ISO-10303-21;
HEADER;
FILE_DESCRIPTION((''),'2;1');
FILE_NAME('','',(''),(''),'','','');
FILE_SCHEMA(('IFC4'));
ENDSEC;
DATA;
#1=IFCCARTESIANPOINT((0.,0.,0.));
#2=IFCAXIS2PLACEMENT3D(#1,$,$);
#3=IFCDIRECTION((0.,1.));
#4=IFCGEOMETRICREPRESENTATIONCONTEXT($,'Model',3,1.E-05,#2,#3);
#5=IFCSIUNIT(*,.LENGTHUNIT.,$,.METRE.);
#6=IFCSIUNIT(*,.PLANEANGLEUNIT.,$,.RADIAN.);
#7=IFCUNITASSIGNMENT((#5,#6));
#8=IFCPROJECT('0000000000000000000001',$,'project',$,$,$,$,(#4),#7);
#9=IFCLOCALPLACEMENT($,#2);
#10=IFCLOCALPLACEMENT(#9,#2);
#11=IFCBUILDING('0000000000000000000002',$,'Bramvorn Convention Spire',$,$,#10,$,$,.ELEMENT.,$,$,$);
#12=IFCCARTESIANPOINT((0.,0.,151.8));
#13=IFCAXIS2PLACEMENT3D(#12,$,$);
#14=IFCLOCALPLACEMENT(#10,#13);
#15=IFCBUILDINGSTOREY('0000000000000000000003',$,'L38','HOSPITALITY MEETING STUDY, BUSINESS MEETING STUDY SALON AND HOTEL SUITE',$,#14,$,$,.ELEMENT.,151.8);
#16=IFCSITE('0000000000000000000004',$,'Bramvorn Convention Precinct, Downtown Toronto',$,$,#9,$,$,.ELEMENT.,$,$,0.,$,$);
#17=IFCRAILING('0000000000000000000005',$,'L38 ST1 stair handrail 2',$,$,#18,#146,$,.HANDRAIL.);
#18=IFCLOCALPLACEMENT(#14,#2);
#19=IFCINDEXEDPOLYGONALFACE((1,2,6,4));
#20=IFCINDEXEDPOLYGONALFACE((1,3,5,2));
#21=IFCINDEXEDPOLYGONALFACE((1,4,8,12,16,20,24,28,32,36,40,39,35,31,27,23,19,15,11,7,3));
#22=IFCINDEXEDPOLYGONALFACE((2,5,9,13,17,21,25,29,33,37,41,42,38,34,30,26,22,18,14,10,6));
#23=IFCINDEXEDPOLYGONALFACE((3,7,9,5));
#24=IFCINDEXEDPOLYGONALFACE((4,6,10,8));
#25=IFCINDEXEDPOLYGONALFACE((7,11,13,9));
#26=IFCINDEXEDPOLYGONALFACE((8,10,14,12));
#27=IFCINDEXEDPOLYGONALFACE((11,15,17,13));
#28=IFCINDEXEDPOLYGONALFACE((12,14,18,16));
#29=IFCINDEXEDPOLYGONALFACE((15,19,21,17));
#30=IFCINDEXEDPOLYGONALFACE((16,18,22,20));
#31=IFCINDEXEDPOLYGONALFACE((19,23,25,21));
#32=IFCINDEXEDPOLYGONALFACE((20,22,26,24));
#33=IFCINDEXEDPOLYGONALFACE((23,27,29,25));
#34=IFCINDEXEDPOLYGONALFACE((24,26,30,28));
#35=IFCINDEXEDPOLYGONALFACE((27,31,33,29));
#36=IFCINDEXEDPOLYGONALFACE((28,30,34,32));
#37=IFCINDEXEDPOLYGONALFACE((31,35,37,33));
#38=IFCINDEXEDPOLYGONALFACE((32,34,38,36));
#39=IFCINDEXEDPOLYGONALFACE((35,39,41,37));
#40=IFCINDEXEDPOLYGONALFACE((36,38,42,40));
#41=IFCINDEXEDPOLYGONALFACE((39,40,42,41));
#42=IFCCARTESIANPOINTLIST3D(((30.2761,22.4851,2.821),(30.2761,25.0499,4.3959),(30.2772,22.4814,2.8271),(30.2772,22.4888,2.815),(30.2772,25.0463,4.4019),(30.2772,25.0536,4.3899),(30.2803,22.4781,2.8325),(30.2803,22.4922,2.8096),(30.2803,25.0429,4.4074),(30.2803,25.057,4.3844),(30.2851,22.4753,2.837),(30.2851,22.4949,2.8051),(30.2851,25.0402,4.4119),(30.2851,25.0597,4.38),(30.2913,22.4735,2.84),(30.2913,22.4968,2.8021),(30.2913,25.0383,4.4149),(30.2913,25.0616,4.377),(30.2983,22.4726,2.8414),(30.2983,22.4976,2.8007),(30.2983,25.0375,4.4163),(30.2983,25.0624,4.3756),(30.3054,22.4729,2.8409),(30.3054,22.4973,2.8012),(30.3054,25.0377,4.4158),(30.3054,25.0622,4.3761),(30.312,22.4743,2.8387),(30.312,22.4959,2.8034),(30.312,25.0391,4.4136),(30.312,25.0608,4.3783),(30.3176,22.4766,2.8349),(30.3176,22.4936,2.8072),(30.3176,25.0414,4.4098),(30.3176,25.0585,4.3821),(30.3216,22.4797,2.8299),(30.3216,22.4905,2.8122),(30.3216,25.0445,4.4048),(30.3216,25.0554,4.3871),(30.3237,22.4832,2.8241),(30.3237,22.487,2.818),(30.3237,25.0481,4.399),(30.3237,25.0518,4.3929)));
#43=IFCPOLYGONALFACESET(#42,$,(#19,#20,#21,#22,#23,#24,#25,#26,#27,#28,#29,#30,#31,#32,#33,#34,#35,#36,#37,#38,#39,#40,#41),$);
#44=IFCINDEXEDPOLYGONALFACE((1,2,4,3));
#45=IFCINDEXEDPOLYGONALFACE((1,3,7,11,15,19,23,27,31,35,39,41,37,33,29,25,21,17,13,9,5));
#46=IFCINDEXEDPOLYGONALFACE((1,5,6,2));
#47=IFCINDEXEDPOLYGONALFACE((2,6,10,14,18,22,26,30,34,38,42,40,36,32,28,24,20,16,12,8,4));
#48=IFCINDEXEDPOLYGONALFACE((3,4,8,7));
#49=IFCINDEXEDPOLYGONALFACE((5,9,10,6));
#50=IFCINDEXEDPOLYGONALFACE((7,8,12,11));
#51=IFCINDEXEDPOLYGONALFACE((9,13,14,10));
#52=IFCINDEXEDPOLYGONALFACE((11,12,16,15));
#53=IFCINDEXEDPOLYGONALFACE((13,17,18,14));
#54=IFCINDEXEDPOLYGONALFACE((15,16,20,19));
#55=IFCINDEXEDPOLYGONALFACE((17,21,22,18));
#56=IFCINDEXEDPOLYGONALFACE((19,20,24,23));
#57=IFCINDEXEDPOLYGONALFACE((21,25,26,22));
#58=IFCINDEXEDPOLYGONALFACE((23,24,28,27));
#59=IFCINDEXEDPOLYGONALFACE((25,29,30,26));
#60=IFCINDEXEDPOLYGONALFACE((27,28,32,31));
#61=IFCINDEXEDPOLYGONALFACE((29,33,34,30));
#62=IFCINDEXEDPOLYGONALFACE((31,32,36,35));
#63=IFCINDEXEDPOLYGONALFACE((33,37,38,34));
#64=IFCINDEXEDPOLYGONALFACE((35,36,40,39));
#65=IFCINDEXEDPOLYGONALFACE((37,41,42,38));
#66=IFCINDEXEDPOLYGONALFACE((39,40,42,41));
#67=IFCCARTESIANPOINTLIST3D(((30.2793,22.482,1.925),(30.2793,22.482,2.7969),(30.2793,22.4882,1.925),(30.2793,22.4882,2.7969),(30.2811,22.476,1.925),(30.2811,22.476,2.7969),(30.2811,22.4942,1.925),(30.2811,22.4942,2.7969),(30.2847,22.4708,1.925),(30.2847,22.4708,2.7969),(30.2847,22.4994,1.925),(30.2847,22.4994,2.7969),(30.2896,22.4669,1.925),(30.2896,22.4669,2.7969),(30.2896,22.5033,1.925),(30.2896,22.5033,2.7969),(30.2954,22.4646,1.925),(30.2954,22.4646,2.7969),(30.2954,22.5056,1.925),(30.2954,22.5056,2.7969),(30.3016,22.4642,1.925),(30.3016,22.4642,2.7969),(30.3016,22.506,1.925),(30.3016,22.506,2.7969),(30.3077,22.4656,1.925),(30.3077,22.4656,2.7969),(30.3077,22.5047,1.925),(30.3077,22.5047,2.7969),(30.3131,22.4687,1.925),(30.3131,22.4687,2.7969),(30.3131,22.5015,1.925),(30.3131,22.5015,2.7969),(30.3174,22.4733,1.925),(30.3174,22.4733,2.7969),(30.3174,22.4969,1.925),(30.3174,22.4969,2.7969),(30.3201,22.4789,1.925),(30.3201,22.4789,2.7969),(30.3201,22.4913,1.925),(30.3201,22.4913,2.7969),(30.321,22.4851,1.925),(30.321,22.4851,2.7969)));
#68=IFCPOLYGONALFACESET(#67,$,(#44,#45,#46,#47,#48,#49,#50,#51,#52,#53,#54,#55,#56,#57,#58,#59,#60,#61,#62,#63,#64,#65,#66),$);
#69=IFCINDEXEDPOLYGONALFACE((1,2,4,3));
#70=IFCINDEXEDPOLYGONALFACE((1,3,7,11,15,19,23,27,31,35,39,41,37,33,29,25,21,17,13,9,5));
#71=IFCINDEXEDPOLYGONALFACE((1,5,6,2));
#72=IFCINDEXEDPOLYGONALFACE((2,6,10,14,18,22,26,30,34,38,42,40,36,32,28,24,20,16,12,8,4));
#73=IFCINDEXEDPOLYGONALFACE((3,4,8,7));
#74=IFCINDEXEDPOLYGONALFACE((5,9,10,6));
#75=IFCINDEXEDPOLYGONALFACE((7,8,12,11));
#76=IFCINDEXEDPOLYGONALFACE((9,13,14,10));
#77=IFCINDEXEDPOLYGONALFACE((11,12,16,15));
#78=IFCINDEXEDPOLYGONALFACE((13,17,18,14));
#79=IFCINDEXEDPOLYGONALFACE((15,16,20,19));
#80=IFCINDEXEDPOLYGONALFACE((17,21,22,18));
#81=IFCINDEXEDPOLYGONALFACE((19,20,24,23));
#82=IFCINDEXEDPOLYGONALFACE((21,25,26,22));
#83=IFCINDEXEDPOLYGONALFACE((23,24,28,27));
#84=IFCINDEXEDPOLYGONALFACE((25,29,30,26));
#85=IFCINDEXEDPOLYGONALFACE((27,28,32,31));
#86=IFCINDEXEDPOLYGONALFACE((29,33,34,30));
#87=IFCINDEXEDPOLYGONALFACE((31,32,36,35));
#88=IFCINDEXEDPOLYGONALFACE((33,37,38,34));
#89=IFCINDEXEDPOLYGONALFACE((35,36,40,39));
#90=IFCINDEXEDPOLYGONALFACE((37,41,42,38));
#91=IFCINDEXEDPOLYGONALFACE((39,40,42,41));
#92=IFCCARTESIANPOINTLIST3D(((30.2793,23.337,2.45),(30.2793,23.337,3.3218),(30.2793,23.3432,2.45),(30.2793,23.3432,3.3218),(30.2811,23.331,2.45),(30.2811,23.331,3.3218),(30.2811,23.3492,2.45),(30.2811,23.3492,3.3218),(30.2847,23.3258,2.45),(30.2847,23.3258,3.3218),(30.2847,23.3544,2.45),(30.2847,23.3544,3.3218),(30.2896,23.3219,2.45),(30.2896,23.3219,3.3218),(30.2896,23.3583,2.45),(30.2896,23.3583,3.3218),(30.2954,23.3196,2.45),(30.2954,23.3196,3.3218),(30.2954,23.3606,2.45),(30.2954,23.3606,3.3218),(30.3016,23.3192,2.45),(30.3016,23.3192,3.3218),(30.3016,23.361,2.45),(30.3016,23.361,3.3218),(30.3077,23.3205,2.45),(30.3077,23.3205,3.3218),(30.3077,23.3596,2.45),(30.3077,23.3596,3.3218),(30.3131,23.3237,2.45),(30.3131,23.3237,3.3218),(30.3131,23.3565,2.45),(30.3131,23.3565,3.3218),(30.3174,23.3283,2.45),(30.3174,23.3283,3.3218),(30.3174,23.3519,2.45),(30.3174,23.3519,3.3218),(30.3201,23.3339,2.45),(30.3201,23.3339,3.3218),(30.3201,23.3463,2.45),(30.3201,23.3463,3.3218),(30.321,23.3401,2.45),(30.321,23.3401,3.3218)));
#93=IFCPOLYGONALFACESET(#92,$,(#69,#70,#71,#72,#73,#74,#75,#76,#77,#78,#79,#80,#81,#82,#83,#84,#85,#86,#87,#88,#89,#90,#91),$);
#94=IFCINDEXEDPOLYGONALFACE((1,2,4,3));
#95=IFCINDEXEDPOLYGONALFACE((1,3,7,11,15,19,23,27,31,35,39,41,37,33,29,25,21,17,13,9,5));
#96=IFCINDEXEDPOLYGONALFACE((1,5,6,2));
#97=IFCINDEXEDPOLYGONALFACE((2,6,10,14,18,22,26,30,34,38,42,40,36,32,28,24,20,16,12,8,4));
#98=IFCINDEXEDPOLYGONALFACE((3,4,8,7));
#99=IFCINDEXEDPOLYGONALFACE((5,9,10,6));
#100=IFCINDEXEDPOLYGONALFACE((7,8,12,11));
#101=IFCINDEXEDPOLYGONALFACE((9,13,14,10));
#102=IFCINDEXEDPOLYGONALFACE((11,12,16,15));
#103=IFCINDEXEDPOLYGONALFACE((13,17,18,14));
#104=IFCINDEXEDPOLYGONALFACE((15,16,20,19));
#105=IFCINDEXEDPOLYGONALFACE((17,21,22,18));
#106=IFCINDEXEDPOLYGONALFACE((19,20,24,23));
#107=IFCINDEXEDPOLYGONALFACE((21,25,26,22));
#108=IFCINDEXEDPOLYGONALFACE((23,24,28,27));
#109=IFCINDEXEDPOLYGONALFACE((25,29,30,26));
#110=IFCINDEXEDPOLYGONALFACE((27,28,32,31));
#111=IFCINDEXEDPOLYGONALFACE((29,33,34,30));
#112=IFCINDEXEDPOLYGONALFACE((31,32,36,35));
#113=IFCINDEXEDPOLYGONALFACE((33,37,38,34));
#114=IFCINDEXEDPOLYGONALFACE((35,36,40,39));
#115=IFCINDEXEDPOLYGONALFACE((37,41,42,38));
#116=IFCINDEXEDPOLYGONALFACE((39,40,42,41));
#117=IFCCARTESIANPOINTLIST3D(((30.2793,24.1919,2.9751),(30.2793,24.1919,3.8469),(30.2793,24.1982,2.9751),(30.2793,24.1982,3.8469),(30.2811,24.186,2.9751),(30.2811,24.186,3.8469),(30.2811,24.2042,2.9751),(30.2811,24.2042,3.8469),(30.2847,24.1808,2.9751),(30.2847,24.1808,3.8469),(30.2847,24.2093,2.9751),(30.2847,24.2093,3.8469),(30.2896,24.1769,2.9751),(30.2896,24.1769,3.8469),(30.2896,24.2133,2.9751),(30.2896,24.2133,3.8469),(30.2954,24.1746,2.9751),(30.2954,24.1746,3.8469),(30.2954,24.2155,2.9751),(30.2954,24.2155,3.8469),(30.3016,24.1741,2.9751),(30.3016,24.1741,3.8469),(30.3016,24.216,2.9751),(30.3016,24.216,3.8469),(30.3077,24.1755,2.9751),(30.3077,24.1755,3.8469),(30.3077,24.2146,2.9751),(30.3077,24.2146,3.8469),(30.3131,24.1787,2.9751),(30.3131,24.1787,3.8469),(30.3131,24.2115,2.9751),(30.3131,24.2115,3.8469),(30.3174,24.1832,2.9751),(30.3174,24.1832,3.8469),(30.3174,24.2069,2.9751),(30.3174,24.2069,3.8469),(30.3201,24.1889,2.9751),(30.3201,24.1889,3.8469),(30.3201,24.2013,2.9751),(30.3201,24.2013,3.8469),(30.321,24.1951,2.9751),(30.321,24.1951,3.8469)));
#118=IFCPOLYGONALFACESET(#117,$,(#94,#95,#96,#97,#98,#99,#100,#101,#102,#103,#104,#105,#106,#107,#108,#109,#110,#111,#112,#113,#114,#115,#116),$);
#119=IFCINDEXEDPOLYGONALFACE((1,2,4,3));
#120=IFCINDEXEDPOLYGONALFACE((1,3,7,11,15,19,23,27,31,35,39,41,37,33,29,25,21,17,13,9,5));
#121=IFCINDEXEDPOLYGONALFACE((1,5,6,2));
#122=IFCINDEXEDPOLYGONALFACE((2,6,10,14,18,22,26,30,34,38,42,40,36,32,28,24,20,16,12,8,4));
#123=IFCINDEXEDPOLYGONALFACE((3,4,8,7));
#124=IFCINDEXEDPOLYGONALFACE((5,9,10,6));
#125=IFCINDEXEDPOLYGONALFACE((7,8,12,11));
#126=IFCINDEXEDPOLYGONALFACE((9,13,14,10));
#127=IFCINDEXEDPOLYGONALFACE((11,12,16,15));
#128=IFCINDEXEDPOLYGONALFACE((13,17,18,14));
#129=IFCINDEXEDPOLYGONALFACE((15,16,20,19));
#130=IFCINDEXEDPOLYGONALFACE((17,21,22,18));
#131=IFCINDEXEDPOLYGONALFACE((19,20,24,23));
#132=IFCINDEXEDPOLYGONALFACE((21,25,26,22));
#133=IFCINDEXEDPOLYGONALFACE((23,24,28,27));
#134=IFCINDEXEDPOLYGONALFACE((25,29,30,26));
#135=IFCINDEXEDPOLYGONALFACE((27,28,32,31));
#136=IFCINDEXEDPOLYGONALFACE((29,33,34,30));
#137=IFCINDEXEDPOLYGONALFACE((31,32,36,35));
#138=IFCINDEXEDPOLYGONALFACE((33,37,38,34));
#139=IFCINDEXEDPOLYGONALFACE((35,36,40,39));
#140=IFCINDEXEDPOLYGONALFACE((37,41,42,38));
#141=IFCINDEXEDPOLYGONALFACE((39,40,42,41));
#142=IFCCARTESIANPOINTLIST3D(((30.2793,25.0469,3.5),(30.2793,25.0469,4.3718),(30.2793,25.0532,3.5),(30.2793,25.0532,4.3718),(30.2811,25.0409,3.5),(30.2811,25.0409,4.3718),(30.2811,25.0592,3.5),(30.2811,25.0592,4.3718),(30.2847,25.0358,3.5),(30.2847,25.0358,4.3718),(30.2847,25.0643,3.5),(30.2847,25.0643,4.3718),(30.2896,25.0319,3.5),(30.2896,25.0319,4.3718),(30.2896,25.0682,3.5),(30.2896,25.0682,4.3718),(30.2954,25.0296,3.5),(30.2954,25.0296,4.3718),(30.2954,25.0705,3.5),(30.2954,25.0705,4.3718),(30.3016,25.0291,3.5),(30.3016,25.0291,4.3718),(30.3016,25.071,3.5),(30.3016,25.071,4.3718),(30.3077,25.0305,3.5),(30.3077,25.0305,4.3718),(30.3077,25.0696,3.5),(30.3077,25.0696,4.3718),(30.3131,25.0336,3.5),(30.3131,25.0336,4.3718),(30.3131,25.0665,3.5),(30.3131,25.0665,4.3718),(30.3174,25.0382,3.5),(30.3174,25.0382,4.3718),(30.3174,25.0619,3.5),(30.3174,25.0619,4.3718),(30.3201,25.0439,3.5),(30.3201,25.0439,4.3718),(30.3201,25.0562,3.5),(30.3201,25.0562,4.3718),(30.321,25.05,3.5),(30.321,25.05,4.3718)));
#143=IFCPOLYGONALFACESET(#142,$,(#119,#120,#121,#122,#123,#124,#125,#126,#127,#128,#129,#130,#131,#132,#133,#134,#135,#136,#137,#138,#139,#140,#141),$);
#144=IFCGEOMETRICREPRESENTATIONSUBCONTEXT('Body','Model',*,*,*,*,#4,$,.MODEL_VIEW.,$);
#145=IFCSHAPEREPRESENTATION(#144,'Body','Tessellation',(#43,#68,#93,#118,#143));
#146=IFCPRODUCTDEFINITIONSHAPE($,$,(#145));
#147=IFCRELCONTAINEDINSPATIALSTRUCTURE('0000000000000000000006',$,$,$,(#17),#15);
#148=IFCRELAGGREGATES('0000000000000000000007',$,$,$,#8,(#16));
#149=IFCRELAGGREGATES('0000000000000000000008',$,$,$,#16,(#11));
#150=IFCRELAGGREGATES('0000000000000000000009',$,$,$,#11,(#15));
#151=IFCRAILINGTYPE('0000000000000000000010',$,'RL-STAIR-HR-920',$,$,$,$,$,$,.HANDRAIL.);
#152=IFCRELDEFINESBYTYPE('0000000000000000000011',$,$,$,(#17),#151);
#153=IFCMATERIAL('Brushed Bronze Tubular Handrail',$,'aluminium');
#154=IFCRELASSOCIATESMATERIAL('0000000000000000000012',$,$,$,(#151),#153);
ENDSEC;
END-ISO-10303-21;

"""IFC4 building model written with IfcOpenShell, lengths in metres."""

from ifc_helpers import new_model, si_unit, direction, frame, origin, origin_2d, place, context, subcontext, project, spatial, circle, extrude, material, type_object, element, save


model = new_model("IFC4")

# Units and contexts
model_context = context("Model", 3, precision=1e-05, world=origin(), true_north=direction((0.0, 1.0)))
body_context = subcontext(model_context, "Body", "Model", "MODEL_VIEW")
ifc_project = project(units=[si_unit("LENGTHUNIT", "METRE"), si_unit("PLANEANGLEUNIT", "RADIAN")], contexts=[model_context])

# Site, building, storey
site_placement = place(None, origin())
site = spatial("IfcSite", under=ifc_project, at=site_placement, Name="Bramvorn Convention Precinct, Downtown Toronto", CompositionType="ELEMENT", RefElevation=0.0)
building_placement = place(site_placement, origin())
building = spatial("IfcBuilding", under=site, at=building_placement, Name="Bramvorn Convention Spire", CompositionType="ELEMENT")
storey_placement = place(building_placement, frame((0.0, 0.0, 151.8)))
storey = spatial("IfcBuildingStorey", under=building, at=storey_placement, Name="L38", Description="HOSPITALITY MEETING STUDY, BUSINESS MEETING STUDY SALON AND HOTEL SUITE", CompositionType="ELEMENT", Elevation=151.8)

# Railing
ifc_material_1 = material(Name="Brushed Bronze Tubular Handrail", Category="aluminium")
railing_type_1 = type_object("IfcRailingType", Name="RL-STAIR-HR-920", PredefinedType="HANDRAIL", material=ifc_material_1)
railing_1_placement = place(storey_placement, frame((30.3, 22.4851, 1.925)))
element("IfcRailing", 1, at=railing_1_placement, inside=storey, type_object=railing_type_1, Name="L38 ST1 stair handrail 2", PredefinedType="HANDRAIL", context=body_context, shape_type="SweptSolid", body=[
    extrude(circle(Radius=0.0239, at=origin_2d()), frame((0.0, 0.0, 0.896), z_axis=(0.0, 0.852173, 0.52326), x_axis=(-1.0, 0.0, 0.0)), (0.0, 0.0, 1.0), 3.0098),
    extrude(circle(Radius=0.021, at=origin_2d()), origin(), (0.0, 0.0, 1.0), 0.8718),
    extrude(circle(Radius=0.021, at=origin_2d()), frame((0.0, 0.855, 0.5249)), (0.0, 0.0, 1.0), 0.8718),
    extrude(circle(Radius=0.021, at=origin_2d()), frame((0.0, 1.71, 1.05)), (0.0, 0.0, 1.0), 0.8718),
    extrude(circle(Radius=0.021, at=origin_2d()), frame((0.0, 2.5649, 1.575)), (0.0, 0.0, 1.0), 0.8718),
])

save(model, "model.ifc")
